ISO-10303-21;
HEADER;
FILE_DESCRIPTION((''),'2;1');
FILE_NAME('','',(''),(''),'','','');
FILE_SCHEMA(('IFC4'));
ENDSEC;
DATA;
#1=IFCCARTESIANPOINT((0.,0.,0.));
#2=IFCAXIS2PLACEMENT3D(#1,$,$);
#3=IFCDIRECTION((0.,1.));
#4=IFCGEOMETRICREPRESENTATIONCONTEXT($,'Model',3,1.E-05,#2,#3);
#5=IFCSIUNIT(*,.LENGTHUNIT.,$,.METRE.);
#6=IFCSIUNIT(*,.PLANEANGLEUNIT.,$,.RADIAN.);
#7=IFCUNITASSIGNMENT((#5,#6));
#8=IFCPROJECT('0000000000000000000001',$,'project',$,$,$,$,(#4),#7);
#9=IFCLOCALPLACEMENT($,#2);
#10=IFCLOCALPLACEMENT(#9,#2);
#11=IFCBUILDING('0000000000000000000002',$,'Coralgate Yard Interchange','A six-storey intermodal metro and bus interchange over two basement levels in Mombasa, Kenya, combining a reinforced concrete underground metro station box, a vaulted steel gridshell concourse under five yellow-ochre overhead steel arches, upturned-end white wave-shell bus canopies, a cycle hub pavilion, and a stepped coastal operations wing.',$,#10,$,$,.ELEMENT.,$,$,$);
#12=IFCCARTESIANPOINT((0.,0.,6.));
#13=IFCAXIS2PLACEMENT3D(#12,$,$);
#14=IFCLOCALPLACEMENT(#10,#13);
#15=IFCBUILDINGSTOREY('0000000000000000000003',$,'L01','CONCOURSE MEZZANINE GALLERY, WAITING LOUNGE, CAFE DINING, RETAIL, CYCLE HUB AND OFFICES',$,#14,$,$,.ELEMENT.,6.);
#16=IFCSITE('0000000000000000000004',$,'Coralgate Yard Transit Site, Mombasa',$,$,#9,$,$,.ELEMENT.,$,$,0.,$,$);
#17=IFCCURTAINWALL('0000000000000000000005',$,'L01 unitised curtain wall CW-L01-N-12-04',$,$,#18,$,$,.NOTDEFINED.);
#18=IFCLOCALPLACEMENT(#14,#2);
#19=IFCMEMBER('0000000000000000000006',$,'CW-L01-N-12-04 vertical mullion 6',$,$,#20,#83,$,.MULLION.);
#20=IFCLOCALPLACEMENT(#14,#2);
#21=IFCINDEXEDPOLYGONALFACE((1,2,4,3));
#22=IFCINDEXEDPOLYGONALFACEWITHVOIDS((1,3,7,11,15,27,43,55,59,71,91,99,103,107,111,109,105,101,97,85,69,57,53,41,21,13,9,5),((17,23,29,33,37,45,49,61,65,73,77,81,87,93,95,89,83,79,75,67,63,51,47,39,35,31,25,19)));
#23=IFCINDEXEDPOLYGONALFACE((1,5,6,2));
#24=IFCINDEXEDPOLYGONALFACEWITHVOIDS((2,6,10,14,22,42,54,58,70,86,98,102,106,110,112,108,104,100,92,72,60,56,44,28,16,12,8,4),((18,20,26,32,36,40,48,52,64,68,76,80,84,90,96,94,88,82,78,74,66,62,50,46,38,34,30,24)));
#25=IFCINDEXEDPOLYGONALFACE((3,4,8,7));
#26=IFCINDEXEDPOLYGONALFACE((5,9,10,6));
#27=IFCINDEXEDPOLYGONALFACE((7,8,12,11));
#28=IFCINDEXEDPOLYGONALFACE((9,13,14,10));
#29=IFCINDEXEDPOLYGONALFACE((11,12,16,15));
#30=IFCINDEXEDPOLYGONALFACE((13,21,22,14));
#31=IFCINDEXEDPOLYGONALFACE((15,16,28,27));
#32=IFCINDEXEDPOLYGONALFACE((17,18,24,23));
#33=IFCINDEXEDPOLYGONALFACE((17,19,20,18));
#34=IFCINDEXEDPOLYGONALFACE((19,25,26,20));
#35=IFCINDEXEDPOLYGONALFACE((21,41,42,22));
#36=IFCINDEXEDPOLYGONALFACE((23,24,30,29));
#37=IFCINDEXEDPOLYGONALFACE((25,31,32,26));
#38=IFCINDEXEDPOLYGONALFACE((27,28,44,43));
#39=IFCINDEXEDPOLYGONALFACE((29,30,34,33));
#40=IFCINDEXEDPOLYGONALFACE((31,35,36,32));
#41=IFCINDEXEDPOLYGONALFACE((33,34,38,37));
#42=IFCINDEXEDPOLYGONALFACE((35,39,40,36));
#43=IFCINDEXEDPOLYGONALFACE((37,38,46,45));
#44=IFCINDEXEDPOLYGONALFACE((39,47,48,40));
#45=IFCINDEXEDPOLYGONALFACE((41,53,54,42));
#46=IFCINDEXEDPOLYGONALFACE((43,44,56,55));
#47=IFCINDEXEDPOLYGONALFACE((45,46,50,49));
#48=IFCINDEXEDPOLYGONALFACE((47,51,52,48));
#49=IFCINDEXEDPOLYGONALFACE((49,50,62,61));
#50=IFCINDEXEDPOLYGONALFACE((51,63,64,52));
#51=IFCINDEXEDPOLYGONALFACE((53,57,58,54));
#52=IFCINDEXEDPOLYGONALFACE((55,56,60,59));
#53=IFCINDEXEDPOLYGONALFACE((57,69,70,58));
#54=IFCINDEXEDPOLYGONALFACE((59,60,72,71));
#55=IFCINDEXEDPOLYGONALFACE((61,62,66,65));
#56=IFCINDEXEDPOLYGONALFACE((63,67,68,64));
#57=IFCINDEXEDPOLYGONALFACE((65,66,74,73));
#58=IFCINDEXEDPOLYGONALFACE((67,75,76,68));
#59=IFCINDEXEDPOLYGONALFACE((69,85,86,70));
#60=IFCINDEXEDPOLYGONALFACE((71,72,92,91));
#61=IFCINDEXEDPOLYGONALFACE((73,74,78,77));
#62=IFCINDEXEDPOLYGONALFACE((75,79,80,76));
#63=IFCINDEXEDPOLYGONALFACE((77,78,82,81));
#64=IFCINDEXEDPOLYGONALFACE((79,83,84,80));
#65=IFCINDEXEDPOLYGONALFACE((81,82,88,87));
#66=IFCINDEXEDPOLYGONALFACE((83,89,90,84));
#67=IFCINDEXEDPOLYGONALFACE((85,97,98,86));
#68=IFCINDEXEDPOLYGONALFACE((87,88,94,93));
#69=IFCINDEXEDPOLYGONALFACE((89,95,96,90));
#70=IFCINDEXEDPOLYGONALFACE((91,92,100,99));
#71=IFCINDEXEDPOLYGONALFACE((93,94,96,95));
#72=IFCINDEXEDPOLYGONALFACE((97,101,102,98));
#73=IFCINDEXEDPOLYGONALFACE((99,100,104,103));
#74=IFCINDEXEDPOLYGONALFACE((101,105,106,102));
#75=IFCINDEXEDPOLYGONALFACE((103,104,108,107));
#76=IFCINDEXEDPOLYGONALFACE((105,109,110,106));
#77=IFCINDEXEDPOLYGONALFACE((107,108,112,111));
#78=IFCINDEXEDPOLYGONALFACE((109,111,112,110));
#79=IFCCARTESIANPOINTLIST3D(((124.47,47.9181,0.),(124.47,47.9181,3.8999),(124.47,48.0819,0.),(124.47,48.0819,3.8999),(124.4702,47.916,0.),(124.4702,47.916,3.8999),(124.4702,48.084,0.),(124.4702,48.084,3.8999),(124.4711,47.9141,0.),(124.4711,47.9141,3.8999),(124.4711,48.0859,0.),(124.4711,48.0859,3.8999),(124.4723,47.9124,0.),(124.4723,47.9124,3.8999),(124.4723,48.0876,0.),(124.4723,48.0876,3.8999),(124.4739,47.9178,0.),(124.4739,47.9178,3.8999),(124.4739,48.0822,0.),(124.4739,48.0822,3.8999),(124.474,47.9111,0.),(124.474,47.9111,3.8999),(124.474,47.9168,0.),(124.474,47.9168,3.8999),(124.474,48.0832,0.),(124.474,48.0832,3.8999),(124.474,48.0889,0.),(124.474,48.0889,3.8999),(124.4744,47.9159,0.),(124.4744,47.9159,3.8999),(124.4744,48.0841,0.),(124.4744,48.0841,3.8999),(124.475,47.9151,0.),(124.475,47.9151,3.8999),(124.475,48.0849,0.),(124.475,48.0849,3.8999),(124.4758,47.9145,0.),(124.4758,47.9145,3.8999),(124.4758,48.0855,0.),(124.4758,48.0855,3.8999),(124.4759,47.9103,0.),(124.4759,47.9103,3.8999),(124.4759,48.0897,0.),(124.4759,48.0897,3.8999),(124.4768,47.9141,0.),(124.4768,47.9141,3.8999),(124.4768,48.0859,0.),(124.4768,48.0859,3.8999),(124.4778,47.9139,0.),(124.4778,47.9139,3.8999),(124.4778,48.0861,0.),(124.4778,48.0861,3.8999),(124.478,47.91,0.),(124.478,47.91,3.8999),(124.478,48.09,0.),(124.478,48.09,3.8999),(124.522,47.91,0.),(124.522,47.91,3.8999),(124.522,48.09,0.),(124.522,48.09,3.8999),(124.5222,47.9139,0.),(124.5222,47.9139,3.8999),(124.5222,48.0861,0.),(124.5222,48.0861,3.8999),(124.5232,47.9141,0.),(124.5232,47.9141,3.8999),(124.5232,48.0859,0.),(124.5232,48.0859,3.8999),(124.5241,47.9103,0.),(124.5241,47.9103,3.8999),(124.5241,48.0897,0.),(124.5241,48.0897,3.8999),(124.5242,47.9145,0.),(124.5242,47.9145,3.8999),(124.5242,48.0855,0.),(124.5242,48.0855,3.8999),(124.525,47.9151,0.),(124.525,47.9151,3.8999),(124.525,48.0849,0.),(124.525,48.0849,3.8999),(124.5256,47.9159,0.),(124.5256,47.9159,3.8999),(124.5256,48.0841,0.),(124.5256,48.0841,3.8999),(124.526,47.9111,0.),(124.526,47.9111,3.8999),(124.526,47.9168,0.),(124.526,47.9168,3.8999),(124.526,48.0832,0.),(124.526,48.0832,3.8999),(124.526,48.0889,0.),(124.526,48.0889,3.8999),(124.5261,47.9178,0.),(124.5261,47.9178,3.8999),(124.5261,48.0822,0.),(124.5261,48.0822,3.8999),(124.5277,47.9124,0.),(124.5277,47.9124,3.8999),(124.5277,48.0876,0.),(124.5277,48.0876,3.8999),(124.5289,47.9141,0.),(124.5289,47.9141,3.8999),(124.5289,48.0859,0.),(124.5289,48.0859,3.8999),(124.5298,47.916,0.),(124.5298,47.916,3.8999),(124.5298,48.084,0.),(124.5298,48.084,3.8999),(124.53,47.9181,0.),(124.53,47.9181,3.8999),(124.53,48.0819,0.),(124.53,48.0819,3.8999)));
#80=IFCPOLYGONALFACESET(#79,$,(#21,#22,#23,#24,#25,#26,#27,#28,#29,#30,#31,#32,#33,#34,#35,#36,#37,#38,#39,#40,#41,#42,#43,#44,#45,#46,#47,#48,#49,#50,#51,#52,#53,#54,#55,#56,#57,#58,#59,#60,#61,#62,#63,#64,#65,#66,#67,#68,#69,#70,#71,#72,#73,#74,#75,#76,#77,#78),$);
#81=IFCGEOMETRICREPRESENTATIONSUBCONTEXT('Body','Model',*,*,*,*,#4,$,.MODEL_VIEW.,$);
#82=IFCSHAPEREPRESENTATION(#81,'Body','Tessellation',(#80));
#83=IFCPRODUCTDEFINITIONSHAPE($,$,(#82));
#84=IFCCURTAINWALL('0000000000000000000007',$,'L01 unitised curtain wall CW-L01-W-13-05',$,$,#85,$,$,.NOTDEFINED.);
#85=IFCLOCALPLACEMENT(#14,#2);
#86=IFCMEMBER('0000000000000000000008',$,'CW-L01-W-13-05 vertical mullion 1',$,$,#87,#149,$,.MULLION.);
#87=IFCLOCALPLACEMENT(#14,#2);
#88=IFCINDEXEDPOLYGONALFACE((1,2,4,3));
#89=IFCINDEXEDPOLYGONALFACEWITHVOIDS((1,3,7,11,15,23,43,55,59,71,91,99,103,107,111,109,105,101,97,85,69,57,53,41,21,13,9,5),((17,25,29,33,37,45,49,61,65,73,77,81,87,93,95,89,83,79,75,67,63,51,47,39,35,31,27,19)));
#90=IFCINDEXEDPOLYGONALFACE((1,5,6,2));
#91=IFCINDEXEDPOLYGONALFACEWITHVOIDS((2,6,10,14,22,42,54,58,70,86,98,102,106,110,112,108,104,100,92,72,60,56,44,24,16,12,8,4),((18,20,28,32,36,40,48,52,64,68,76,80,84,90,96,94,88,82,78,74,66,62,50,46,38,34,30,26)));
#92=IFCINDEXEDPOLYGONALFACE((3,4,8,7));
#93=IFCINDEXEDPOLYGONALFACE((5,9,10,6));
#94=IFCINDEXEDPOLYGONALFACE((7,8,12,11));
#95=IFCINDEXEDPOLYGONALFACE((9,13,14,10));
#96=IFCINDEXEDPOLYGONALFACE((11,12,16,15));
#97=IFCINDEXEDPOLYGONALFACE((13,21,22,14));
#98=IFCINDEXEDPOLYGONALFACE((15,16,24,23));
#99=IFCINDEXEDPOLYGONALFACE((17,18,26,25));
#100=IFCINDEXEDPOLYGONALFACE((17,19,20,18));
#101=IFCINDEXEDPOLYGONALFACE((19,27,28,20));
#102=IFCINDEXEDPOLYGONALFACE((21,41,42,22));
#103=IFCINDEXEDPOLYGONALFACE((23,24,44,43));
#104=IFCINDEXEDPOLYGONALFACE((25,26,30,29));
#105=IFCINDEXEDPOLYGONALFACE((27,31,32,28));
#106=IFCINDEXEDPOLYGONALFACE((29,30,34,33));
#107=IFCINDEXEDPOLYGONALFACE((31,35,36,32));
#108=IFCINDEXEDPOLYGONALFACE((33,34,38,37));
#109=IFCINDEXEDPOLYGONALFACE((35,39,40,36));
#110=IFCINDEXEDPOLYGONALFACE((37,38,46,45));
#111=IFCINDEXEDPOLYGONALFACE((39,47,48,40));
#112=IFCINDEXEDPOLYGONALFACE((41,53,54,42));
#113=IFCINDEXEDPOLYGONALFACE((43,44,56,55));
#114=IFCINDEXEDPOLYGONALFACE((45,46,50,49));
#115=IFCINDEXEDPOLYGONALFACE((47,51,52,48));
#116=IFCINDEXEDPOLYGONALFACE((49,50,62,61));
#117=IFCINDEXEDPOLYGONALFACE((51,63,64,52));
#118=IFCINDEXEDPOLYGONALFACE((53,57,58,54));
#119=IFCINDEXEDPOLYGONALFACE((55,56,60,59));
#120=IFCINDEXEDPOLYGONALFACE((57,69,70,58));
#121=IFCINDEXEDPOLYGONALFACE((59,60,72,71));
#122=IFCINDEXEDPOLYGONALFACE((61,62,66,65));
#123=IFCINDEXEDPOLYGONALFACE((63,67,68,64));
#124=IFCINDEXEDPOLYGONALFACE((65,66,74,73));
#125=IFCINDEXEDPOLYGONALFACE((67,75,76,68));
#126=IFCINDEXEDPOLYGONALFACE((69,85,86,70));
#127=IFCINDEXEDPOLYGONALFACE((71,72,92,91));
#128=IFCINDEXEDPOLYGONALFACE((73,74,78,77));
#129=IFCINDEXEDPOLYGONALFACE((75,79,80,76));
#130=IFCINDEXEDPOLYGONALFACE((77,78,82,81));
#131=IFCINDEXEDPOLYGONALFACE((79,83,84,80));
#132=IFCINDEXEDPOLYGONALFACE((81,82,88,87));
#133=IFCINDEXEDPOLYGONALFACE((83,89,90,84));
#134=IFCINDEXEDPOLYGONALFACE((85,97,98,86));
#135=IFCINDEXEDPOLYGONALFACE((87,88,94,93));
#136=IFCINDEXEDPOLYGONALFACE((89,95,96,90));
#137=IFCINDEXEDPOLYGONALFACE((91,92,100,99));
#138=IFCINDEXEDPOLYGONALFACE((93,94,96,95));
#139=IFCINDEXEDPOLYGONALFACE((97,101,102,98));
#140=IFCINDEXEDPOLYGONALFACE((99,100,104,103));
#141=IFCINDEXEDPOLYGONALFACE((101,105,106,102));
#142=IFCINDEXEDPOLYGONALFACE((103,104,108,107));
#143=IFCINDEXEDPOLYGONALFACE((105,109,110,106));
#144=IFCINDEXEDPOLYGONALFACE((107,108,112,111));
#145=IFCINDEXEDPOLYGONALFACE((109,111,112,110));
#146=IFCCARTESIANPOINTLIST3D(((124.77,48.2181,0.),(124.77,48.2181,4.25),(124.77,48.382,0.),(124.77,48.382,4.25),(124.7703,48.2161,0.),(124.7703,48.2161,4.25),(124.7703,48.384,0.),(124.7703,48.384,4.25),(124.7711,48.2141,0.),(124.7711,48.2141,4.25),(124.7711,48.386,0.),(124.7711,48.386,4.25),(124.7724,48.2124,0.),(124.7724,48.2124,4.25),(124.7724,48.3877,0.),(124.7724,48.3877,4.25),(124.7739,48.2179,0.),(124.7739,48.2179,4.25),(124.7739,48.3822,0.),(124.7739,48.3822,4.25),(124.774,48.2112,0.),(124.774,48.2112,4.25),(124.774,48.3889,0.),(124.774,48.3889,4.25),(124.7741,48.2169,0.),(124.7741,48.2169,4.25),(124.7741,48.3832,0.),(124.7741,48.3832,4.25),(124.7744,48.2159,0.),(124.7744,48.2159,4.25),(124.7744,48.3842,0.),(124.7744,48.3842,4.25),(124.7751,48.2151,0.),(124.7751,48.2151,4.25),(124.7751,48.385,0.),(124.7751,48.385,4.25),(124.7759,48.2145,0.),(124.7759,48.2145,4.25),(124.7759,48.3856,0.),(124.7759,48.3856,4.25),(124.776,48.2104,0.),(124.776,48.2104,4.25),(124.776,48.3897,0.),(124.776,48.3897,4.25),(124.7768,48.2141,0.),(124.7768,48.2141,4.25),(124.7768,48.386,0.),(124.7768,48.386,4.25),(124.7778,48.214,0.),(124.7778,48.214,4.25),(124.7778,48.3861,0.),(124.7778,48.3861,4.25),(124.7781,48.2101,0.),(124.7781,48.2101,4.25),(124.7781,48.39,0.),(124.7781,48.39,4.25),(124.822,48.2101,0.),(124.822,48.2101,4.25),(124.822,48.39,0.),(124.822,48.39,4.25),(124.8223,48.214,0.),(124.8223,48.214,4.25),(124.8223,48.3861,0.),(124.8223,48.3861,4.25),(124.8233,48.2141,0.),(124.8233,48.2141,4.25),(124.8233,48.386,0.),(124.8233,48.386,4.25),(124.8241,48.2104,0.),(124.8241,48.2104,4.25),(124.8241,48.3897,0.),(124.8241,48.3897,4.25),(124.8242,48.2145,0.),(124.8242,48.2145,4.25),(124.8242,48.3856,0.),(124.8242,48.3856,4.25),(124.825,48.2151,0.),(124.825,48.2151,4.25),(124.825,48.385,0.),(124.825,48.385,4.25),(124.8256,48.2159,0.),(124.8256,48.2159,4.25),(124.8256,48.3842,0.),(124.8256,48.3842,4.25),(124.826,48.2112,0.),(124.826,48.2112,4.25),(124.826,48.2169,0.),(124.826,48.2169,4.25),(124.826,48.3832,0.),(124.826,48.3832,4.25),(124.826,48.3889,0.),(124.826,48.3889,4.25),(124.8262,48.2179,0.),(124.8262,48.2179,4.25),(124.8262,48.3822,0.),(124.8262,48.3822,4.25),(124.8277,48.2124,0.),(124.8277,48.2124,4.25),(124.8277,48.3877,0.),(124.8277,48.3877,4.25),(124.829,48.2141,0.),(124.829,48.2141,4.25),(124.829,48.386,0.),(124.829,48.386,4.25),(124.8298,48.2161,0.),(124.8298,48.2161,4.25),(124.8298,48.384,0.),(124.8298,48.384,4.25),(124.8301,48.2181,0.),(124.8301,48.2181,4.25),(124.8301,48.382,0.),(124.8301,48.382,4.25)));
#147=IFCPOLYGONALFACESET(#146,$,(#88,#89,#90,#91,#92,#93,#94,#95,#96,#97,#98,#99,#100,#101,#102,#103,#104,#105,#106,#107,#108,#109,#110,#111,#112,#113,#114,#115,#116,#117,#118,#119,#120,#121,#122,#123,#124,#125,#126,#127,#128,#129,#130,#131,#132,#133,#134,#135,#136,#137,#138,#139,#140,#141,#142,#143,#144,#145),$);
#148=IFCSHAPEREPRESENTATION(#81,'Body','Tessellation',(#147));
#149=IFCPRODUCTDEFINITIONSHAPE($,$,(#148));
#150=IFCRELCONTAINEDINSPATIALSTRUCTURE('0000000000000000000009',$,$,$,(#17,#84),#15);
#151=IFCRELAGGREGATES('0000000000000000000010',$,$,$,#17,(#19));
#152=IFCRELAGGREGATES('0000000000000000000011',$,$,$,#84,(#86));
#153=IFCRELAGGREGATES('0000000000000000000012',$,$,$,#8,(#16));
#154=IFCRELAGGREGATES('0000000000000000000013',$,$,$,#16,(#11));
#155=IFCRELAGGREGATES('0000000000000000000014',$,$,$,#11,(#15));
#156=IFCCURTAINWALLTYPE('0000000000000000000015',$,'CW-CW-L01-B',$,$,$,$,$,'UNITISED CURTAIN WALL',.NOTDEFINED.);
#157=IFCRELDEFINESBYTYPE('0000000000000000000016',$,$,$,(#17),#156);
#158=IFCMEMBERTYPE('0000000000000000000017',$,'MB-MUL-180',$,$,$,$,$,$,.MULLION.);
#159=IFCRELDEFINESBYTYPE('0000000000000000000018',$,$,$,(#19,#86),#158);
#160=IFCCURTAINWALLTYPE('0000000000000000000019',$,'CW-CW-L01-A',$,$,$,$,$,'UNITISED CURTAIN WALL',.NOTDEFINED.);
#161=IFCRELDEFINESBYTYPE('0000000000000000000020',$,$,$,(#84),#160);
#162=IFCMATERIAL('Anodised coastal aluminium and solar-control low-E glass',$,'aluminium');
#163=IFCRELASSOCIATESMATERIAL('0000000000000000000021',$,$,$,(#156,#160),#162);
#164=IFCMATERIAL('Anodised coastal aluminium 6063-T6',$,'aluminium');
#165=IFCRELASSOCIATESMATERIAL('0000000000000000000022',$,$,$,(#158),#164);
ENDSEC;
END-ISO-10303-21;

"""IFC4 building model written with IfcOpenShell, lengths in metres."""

from ifc_helpers import new_model, si_unit, direction, frame, origin, origin_2d, place, context, subcontext, project, spatial, hollow_rectangle, extrude, material, material_profile, profile_set, type_object, element, aggregate, save


model = new_model("IFC4")

# Units and contexts
model_context = context("Model", 3, precision=1e-05, world=origin(), true_north=direction((0.0, 1.0)))
body_context = subcontext(model_context, "Body", "Model", "MODEL_VIEW")
ifc_project = project(units=[si_unit("LENGTHUNIT", "METRE"), si_unit("PLANEANGLEUNIT", "RADIAN")], contexts=[model_context])

# Site, building, storey
site_placement = place(None, origin())
site = spatial("IfcSite", under=ifc_project, at=site_placement, Name="Coralgate Yard Transit Site, Mombasa", CompositionType="ELEMENT", RefElevation=0.0)
building_placement = place(site_placement, origin())
building = spatial("IfcBuilding", under=site, at=building_placement, Name="Coralgate Yard Interchange", Description="A six-storey intermodal metro and bus interchange over two basement levels in Mombasa, Kenya, combining a reinforced concrete underground metro station box, a vaulted steel gridshell concourse under five yellow-ochre overhead steel arches, upturned-end white wave-shell bus canopies, a cycle hub pavilion, and a stepped coastal operations wing.", CompositionType="ELEMENT")
storey_placement = place(building_placement, frame((0.0, 0.0, 6.0)))
storey = spatial("IfcBuildingStorey", under=building, at=storey_placement, Name="L01", Description="CONCOURSE MEZZANINE GALLERY, WAITING LOUNGE, CAFE DINING, RETAIL, CYCLE HUB AND OFFICES", CompositionType="ELEMENT", Elevation=6.0)

# Curtain walls, members
ifc_material_1 = material(Name="Anodised coastal aluminium and solar-control low-E glass", Category="aluminium")
curtain_wall_type_1 = type_object("IfcCurtainWallType", Name="CW-CW-L01-B", ElementType="UNITISED CURTAIN WALL", PredefinedType="NOTDEFINED", material=ifc_material_1)
curtain_wall_1_placement = place(storey_placement, origin())
curtain_wall_1 = element("IfcCurtainWall", 1, at=curtain_wall_1_placement, inside=storey, type_object=curtain_wall_type_1, Name="L01 unitised curtain wall CW-L01-N-12-04", PredefinedType="NOTDEFINED")
ifc_material_2 = material(Name="Anodised coastal aluminium 6063-T6", Category="aluminium")
ifc_material_profile_1 = material_profile(ifc_material_2, hollow_rectangle(XDim=0.0601, YDim=0.1799, WallThickness=0.0039, InnerFilletRadius=0.0039, OuterFilletRadius=0.0081, at=origin_2d()), Name="ALU 60x180x4")
ifc_profile_set_1 = profile_set([ifc_material_profile_1], Name="Anodised coastal aluminium 6063-T6")
member_type_1 = type_object("IfcMemberType", Name="MB-MUL-180", PredefinedType="MULLION", material=ifc_profile_set_1)
member_1_placement = place(storey_placement, frame((124.5, 48.0, 0.0), z_axis=(0.0, 0.0, 1.0), x_axis=(1.0, 0.0, 0.0)))
member_1 = element("IfcMember", 2, at=member_1_placement, type_object=member_type_1, Name="CW-L01-N-12-04 vertical mullion 6", PredefinedType="MULLION", context=body_context, shape_type="SweptSolid", body=[
    extrude(hollow_rectangle(XDim=0.0601, YDim=0.1799, WallThickness=0.0039, InnerFilletRadius=0.0039, OuterFilletRadius=0.0081, at=origin_2d()), origin(), (0.0, 0.0, 1.0), 3.8999),
])
curtain_wall_type_2 = type_object("IfcCurtainWallType", Name="CW-CW-L01-A", ElementType="UNITISED CURTAIN WALL", PredefinedType="NOTDEFINED", material=ifc_material_1)
curtain_wall_2_placement = place(storey_placement, origin())
curtain_wall_2 = element("IfcCurtainWall", 3, at=curtain_wall_2_placement, inside=storey, type_object=curtain_wall_type_2, Name="L01 unitised curtain wall CW-L01-W-13-05", PredefinedType="NOTDEFINED")
member_2_placement = place(storey_placement, frame((124.8, 48.3, 0.0), z_axis=(0.0, 0.0, 1.0), x_axis=(1.0, 0.0, 0.0)))
member_2 = element("IfcMember", 4, at=member_2_placement, type_object=member_type_1, Name="CW-L01-W-13-05 vertical mullion 1", PredefinedType="MULLION", context=body_context, shape_type="SweptSolid", body=[
    extrude(hollow_rectangle(XDim=0.0601, YDim=0.1799, WallThickness=0.0039, InnerFilletRadius=0.0039, OuterFilletRadius=0.0081, at=origin_2d()), origin(), (0.0, 0.0, 1.0), 4.25),
])

aggregate(curtain_wall_1, [member_1])
aggregate(curtain_wall_2, [member_2])

save(model, "model.ifc")
